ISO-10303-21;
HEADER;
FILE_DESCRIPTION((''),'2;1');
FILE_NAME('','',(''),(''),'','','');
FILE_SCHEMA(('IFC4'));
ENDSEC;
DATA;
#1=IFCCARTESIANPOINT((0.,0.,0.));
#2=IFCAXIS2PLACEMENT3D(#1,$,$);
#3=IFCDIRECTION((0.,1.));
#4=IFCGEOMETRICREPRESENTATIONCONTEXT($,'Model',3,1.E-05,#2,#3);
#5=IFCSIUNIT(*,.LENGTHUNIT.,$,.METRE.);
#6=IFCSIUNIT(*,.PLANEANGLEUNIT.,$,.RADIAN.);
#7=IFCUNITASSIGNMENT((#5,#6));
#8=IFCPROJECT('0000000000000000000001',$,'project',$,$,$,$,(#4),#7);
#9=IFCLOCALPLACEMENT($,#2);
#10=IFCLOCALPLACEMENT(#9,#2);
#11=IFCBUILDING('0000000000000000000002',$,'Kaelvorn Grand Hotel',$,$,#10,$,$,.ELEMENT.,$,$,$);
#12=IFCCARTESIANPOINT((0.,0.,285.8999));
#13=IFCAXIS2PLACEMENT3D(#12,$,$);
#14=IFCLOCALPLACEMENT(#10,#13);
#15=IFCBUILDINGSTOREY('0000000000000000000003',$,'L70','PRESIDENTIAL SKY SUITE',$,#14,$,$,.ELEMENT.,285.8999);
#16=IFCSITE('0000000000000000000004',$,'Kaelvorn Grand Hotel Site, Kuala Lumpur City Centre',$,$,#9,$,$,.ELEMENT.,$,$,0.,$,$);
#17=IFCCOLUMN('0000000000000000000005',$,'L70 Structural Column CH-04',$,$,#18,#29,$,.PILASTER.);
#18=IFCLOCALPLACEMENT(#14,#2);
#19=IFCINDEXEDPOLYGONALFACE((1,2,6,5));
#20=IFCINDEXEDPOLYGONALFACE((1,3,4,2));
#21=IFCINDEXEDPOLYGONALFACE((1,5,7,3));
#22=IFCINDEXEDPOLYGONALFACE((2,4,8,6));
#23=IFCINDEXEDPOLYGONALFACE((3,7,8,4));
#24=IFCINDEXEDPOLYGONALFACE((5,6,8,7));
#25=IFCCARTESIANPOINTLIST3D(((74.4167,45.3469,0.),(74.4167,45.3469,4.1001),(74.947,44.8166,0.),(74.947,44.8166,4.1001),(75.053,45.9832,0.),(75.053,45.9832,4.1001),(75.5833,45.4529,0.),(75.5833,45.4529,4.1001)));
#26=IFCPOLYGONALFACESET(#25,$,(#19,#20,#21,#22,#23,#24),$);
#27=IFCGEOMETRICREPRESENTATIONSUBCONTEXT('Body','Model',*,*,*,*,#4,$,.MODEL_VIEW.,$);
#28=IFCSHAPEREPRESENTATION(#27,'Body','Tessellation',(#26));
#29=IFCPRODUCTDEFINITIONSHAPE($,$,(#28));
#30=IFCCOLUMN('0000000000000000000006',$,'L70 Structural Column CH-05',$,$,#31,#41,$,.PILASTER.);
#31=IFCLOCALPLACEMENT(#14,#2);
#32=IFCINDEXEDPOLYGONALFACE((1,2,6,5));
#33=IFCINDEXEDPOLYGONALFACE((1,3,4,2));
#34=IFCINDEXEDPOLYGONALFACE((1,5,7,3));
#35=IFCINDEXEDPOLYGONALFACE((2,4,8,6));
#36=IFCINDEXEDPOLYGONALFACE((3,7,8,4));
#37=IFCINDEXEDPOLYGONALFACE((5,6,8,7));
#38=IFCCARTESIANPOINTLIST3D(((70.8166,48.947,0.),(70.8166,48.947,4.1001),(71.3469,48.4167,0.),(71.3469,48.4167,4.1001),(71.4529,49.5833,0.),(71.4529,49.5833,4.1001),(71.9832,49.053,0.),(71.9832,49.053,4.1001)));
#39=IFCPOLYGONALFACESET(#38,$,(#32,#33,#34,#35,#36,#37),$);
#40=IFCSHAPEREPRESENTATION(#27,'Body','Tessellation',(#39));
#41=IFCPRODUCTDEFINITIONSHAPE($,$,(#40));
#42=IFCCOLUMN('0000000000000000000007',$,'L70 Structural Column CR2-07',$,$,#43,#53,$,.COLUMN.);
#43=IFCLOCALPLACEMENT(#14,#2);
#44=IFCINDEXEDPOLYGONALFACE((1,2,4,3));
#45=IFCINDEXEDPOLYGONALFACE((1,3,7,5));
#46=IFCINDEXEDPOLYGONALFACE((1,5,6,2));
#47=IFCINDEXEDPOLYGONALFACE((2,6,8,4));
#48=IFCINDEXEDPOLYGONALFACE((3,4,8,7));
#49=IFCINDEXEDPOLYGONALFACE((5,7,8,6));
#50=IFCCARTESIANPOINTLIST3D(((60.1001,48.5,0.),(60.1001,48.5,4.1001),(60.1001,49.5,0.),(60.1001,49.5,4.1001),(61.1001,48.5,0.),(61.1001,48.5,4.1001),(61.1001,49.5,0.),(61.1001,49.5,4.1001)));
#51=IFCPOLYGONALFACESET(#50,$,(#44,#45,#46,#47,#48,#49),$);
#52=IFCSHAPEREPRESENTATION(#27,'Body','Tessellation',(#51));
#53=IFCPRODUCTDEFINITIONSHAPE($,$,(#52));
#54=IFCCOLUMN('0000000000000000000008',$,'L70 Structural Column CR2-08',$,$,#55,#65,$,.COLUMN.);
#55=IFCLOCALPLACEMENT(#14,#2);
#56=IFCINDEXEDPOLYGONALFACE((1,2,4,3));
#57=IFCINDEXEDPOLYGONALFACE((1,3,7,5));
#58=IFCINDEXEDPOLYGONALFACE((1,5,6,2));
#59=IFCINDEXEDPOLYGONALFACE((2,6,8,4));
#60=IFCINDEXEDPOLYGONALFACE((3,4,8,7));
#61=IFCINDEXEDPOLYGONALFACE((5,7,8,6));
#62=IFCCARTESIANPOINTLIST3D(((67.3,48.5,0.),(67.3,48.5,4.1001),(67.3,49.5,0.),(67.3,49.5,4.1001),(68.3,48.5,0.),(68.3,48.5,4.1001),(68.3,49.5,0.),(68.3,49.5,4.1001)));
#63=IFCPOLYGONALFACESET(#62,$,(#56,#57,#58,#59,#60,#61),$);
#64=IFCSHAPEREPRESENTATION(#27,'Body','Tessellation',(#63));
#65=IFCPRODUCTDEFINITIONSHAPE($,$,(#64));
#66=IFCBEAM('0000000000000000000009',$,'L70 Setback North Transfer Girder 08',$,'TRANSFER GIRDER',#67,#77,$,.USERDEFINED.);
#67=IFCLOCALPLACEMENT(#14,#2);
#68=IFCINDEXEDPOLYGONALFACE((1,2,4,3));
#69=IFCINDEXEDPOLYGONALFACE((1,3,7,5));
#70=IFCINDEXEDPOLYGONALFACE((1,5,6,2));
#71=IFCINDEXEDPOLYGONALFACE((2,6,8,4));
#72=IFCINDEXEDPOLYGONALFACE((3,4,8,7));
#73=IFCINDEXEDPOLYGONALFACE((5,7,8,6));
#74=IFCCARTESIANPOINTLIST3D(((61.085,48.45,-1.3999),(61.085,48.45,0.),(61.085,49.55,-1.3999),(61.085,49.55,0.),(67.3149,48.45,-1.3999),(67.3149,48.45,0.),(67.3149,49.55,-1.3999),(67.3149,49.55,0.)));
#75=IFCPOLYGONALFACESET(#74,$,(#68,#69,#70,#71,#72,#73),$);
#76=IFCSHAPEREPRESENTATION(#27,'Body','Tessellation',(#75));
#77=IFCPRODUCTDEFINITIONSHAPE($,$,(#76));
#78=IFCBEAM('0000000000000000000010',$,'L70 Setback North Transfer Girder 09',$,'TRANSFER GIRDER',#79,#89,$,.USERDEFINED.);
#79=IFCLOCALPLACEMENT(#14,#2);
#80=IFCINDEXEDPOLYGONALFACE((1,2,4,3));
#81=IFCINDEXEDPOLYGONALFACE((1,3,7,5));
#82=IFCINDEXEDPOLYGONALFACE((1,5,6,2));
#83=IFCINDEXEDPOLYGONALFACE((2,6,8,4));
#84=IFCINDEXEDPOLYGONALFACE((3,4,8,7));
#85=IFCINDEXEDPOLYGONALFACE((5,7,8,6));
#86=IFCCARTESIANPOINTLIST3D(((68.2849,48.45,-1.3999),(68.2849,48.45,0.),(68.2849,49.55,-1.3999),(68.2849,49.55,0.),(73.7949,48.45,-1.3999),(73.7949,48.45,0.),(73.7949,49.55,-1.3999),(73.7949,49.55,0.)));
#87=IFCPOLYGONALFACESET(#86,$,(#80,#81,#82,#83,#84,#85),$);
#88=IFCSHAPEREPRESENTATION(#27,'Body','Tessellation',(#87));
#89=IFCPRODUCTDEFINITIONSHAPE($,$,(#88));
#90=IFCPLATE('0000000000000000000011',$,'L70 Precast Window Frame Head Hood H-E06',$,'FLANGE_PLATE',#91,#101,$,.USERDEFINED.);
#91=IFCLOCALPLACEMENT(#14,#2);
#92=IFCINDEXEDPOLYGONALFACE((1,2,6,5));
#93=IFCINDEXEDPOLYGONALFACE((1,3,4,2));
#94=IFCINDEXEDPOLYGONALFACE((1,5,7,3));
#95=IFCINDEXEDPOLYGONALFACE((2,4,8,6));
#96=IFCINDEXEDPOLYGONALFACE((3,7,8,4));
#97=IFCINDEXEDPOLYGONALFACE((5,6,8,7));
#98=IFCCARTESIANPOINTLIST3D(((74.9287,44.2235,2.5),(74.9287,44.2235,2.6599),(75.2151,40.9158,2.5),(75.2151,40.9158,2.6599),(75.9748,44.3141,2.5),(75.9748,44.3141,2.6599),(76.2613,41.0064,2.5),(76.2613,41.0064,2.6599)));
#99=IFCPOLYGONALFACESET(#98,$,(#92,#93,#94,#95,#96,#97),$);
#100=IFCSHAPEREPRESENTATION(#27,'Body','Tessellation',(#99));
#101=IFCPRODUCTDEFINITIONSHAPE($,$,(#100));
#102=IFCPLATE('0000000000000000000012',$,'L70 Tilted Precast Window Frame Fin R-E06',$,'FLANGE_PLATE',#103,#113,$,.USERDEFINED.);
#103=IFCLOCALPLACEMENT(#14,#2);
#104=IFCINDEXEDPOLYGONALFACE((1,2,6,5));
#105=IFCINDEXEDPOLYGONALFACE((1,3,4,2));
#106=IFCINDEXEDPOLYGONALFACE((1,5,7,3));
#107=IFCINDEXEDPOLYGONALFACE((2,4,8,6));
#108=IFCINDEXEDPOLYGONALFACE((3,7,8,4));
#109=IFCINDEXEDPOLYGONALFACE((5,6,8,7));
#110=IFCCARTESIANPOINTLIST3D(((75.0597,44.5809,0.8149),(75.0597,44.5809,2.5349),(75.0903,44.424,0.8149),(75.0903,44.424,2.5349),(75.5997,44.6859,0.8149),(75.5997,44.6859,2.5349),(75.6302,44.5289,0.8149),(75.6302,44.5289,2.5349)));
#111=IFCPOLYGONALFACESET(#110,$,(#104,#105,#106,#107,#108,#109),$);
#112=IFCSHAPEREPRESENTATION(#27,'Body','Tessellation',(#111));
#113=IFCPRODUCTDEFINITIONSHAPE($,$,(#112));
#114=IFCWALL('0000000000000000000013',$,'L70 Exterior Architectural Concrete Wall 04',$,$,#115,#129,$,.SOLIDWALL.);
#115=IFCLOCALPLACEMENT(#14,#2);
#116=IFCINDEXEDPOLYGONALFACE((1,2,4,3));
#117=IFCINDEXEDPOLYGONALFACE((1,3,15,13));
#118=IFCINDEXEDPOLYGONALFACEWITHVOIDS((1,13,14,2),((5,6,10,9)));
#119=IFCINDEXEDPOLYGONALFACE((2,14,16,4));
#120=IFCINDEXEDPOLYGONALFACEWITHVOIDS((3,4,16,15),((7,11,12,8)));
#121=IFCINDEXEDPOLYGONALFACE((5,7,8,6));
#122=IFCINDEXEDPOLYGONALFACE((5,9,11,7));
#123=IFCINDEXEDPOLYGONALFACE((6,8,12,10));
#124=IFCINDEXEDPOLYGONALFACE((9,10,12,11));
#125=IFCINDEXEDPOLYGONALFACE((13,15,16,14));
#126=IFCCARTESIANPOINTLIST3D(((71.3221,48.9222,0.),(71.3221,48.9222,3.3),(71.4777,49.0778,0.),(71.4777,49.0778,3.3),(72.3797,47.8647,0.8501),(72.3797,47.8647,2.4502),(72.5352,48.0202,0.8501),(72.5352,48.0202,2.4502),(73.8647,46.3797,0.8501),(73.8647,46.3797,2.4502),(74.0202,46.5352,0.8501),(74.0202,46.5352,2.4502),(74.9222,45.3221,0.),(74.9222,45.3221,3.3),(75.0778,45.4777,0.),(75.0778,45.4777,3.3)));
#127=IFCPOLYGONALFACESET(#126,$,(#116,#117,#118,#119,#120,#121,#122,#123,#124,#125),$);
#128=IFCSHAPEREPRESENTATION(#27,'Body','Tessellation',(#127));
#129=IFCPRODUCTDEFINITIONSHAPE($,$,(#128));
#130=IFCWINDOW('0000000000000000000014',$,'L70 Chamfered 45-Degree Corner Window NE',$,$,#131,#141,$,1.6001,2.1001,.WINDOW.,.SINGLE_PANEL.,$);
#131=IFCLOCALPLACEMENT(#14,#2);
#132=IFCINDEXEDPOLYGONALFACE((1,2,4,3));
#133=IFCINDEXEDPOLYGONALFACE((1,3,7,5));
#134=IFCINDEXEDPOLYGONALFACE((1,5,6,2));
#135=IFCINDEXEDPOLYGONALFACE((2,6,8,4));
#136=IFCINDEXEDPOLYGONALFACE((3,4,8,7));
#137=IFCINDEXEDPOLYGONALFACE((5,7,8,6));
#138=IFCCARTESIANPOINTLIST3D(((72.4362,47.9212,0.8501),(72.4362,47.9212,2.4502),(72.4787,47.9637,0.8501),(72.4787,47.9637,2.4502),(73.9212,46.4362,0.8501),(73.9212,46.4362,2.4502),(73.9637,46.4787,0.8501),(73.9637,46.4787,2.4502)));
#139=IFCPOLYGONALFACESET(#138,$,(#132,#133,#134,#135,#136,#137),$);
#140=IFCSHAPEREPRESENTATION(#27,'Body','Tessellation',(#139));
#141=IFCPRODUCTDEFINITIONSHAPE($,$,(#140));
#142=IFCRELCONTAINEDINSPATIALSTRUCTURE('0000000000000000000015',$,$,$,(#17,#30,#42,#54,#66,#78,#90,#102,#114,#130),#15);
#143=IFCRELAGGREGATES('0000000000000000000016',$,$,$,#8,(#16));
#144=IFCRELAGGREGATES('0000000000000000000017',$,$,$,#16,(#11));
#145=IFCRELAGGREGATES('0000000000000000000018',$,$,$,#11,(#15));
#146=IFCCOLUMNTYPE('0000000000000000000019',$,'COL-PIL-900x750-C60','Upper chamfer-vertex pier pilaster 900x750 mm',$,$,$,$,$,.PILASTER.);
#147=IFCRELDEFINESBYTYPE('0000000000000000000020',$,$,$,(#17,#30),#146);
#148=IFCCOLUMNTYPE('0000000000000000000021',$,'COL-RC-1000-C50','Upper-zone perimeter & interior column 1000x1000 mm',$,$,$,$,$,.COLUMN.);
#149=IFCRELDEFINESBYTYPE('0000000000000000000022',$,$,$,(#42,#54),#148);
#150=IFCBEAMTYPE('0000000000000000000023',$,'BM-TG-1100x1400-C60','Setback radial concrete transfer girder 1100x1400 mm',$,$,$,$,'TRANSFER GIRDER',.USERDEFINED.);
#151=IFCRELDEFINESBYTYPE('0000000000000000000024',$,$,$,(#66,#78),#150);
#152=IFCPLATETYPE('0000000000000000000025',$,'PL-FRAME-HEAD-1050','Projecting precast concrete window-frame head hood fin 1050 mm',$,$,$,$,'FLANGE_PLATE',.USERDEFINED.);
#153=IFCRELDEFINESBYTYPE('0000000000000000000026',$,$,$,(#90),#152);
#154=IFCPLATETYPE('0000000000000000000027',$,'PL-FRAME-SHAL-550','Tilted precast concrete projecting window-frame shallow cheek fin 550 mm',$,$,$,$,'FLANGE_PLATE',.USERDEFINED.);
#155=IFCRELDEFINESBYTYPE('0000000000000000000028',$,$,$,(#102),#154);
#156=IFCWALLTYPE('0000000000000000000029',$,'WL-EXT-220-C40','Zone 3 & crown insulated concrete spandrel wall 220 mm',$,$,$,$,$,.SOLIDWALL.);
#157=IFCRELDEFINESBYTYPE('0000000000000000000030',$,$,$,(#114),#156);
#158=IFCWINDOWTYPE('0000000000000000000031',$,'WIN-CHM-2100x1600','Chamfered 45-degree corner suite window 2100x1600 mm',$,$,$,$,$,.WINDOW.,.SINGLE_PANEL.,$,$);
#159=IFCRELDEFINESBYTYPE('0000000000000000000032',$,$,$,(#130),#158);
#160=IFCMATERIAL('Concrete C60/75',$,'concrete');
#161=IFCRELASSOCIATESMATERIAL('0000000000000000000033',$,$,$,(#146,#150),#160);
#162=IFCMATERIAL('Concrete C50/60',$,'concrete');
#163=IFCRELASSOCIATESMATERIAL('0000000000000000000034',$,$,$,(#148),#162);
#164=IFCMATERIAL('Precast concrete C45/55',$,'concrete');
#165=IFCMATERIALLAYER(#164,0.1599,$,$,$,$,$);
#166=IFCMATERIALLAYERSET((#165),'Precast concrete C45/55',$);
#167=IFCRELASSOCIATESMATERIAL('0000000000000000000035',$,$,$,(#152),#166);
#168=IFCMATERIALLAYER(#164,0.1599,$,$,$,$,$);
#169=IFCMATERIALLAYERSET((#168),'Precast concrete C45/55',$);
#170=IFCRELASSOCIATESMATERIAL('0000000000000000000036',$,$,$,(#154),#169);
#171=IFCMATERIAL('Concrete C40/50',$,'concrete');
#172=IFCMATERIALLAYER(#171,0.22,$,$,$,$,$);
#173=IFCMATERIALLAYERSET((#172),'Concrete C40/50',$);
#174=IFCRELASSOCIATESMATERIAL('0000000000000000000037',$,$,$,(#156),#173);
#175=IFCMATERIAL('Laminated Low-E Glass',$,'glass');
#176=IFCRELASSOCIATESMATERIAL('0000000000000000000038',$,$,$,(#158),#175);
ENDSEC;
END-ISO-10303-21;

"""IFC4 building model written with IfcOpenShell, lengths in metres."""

from ifc_helpers import new_model, si_unit, direction, frame, frame_2d, origin, origin_2d, place, context, subcontext, project, spatial, rectangle, extrude, material, layer, layer_set, material_profile, profile_set, type_object, element, fill, save


model = new_model("IFC4")

# Units and contexts
model_context = context("Model", 3, precision=1e-05, world=origin(), true_north=direction((0.0, 1.0)))
body_context = subcontext(model_context, "Body", "Model", "MODEL_VIEW")
ifc_project = project(units=[si_unit("LENGTHUNIT", "METRE"), si_unit("PLANEANGLEUNIT", "RADIAN")], contexts=[model_context])

# Site, building, storey
site_placement = place(None, origin())
site = spatial("IfcSite", under=ifc_project, at=site_placement, Name="Kaelvorn Grand Hotel Site, Kuala Lumpur City Centre", CompositionType="ELEMENT", RefElevation=0.0)
building_placement = place(site_placement, origin())
building = spatial("IfcBuilding", under=site, at=building_placement, Name="Kaelvorn Grand Hotel", CompositionType="ELEMENT")
storey_placement = place(building_placement, frame((0.0, 0.0, 285.8999)))
storey = spatial("IfcBuildingStorey", under=building, at=storey_placement, Name="L70", Description="PRESIDENTIAL SKY SUITE", CompositionType="ELEMENT", Elevation=285.8999)

# Columns
ifc_material_1 = material(Name="Concrete C60/75", Category="concrete")
ifc_material_profile_1 = material_profile(ifc_material_1, rectangle(XDim=0.8999, YDim=0.75, at=origin_2d()), Name="RC PILASTER 900x750")
ifc_profile_set_1 = profile_set([ifc_material_profile_1], Name="Concrete C60/75")
column_type_1 = type_object("IfcColumnType", Name="COL-PIL-900x750-C60", Description="Upper chamfer-vertex pier pilaster 900x750 mm", PredefinedType="PILASTER", material=ifc_profile_set_1)
for number, where, z_axis, x_axis, name in (
    (1, (75.0, 45.3999, 0.0), (0.0, 0.0, 1.0), (0.707107, 0.707107, 0.0), "L70 Structural Column CH-04"),
    (2, (71.3999, 49.0, 0.0), (0.0, 0.0, 1.0), (0.707107, 0.707107, 0.0), "L70 Structural Column CH-05"),
):
    element("IfcColumn", number, at=place(storey_placement, frame(where, z_axis=z_axis, x_axis=x_axis)), inside=storey, type_object=column_type_1, Name=name, PredefinedType="PILASTER", context=body_context, shape_type="SweptSolid", body=[
        extrude(rectangle(XDim=0.8999, YDim=0.75, at=origin_2d()), origin(), (0.0, 0.0, 1.0), 4.1001),
    ])
ifc_material_2 = material(Name="Concrete C50/60", Category="concrete")
ifc_material_profile_2 = material_profile(ifc_material_2, rectangle(XDim=1.0, YDim=1.0, at=origin_2d()), Name="RC COL 1000x1000")
ifc_profile_set_2 = profile_set([ifc_material_profile_2], Name="Concrete C50/60")
column_type_2 = type_object("IfcColumnType", Name="COL-RC-1000-C50", Description="Upper-zone perimeter & interior column 1000x1000 mm", PredefinedType="COLUMN", material=ifc_profile_set_2)
for number, where, z_axis, x_axis, name in (
    (3, (60.6001, 49.0, 0.0), (0.0, 0.0, 1.0), (1.0, 0.0, 0.0), "L70 Structural Column CR2-07"),
    (4, (67.8, 49.0, 0.0), (0.0, 0.0, 1.0), (1.0, 0.0, 0.0), "L70 Structural Column CR2-08"),
):
    element("IfcColumn", number, at=place(storey_placement, frame(where, z_axis=z_axis, x_axis=x_axis)), inside=storey, type_object=column_type_2, Name=name, PredefinedType="COLUMN", context=body_context, shape_type="SweptSolid", body=[
        extrude(rectangle(XDim=1.0, YDim=1.0, at=origin_2d()), origin(), (0.0, 0.0, 1.0), 4.1001),
    ])

# Beams
ifc_material_profile_3 = material_profile(ifc_material_1, rectangle(XDim=1.1001, YDim=1.3999, at=origin_2d()), Name="RC TG 1100x1400")
ifc_profile_set_3 = profile_set([ifc_material_profile_3], Name="Concrete C60/75")
beam_type = type_object("IfcBeamType", Name="BM-TG-1100x1400-C60", Description="Setback radial concrete transfer girder 1100x1400 mm", ElementType="TRANSFER GIRDER", PredefinedType="USERDEFINED", material=ifc_profile_set_3)
beam_1_placement = place(storey_placement, frame((61.085, 49.0, -0.7), z_axis=(1.0, 0.0, 0.0), x_axis=(0.0, 1.0, 0.0)))
element("IfcBeam", 5, at=beam_1_placement, inside=storey, type_object=beam_type, Name="L70 Setback North Transfer Girder 08", ObjectType="TRANSFER GIRDER", PredefinedType="USERDEFINED", context=body_context, shape_type="SweptSolid", body=[
    extrude(rectangle(XDim=1.1001, YDim=1.3999, at=origin_2d()), origin(), (0.0, 0.0, 1.0), 6.23),
])
beam_2_placement = place(storey_placement, frame((68.2849, 49.0, -0.7), z_axis=(1.0, 0.0, 0.0), x_axis=(0.0, 1.0, 0.0)))
element("IfcBeam", 6, at=beam_2_placement, inside=storey, type_object=beam_type, Name="L70 Setback North Transfer Girder 09", ObjectType="TRANSFER GIRDER", PredefinedType="USERDEFINED", context=body_context, shape_type="SweptSolid", body=[
    extrude(rectangle(XDim=1.1001, YDim=1.3999, at=origin_2d()), origin(), (0.0, 0.0, 1.0), 5.51),
])

# Plates
ifc_material_3 = material(Name="Precast concrete C45/55", Category="concrete")
ifc_layer_1 = layer(ifc_material_3, 0.1599)
ifc_layer_set_1 = layer_set([ifc_layer_1], Name="Precast concrete C45/55")
plate_type_1 = type_object("IfcPlateType", Name="PL-FRAME-HEAD-1050", Description="Projecting precast concrete window-frame head hood fin 1050 mm", ElementType="FLANGE_PLATE", PredefinedType="USERDEFINED", material=ifc_layer_set_1)
plate_1_placement = place(storey_placement, frame((75.595, 42.615, 2.5), z_axis=(0.0, 0.0, 1.0), x_axis=(-0.086286, 0.99627, 0.0)))
element("IfcPlate", 7, at=plate_1_placement, inside=storey, type_object=plate_type_1, Name="L70 Precast Window Frame Head Hood H-E06", ObjectType="FLANGE_PLATE", PredefinedType="USERDEFINED", context=body_context, shape_type="SweptSolid", body=[
    extrude(rectangle(XDim=3.3201, YDim=1.05, at=origin_2d()), origin(), (0.0, 0.0, 1.0), 0.1599),
])
ifc_layer_2 = layer(ifc_material_3, 0.1599)
ifc_layer_set_2 = layer_set([ifc_layer_2], Name="Precast concrete C45/55")
plate_type_2 = type_object("IfcPlateType", Name="PL-FRAME-SHAL-550", Description="Tilted precast concrete projecting window-frame shallow cheek fin 550 mm", ElementType="FLANGE_PLATE", PredefinedType="USERDEFINED", material=ifc_layer_set_2)
plate_2_placement = place(storey_placement, frame((75.345, 44.5549, 0.8149), z_axis=(0.0, 0.0, 1.0), x_axis=(-0.190809, 0.981627, 0.0)))
element("IfcPlate", 8, at=plate_2_placement, inside=storey, type_object=plate_type_2, Name="L70 Tilted Precast Window Frame Fin R-E06", ObjectType="FLANGE_PLATE", PredefinedType="USERDEFINED", context=body_context, shape_type="SweptSolid", body=[
    extrude(rectangle(XDim=0.1599, YDim=0.55, at=origin_2d()), origin(), (0.0, 0.0, 1.0), 1.72),
])

# Wall, opening, window
ifc_material_4 = material(Name="Concrete C40/50", Category="concrete")
ifc_layer_3 = layer(ifc_material_4, 0.22)
ifc_layer_set_3 = layer_set([ifc_layer_3], Name="Concrete C40/50")
wall_type_1 = type_object("IfcWallType", Name="WL-EXT-220-C40", Description="Zone 3 & crown insulated concrete spandrel wall 220 mm", PredefinedType="SOLIDWALL", material=ifc_layer_set_3)
wall_1_placement = place(storey_placement, frame((75.0, 45.3999, 0.0), z_axis=(0.0, 0.0, 1.0), x_axis=(-0.707107, 0.707107, 0.0)))
wall_1 = element("IfcWall", 9, at=wall_1_placement, inside=storey, type_object=wall_type_1, Name="L70 Exterior Architectural Concrete Wall 04", PredefinedType="SOLIDWALL", context=body_context, shape_type="SweptSolid", body=[
    extrude(rectangle(XDim=5.0913, YDim=0.22, at=frame_2d((2.5457, 0.0))), origin(), (0.0, 0.0, 1.0), 3.3),
])
opening_1_placement = place(wall_1_placement, frame((1.4956, 0.0, 0.8501)))
opening_1 = element("IfcOpeningElement", 10, at=opening_1_placement, cuts=wall_1, PredefinedType="OPENING", context=body_context, shape_type="SweptSolid", body=[
    extrude(rectangle(XDim=2.1001, YDim=1.6001, at=frame_2d((1.05, 0.8))), frame((0.0, 0.1201, 0.0), z_axis=(0.0, -1.0, 0.0), x_axis=(1.0, 0.0, 0.0)), (0.0, 0.0, 1.0), 0.24),
])
ifc_material_5 = material(Name="Laminated Low-E Glass", Category="glass")
window_type_1 = type_object("IfcWindowType", Name="WIN-CHM-2100x1600", Description="Chamfered 45-degree corner suite window 2100x1600 mm", PartitioningType="SINGLE_PANEL", PredefinedType="WINDOW", material=ifc_material_5)
window_1_placement = place(opening_1_placement, origin())
window_1 = element("IfcWindow", 11, at=window_1_placement, inside=storey, type_object=window_type_1, Name="L70 Chamfered 45-Degree Corner Window NE", OverallHeight=1.6001, OverallWidth=2.1001, PartitioningType="SINGLE_PANEL", PredefinedType="WINDOW", context=body_context, shape_type="SweptSolid", body=[
    extrude(rectangle(XDim=2.1001, YDim=1.6001, at=frame_2d((1.05, 0.8))), frame((0.0, 0.03, 0.0), z_axis=(0.0, -1.0, 0.0), x_axis=(1.0, 0.0, 0.0)), (0.0, 0.0, 1.0), 0.0601),
])
fill(opening_1, window_1)

save(model, "model.ifc")
